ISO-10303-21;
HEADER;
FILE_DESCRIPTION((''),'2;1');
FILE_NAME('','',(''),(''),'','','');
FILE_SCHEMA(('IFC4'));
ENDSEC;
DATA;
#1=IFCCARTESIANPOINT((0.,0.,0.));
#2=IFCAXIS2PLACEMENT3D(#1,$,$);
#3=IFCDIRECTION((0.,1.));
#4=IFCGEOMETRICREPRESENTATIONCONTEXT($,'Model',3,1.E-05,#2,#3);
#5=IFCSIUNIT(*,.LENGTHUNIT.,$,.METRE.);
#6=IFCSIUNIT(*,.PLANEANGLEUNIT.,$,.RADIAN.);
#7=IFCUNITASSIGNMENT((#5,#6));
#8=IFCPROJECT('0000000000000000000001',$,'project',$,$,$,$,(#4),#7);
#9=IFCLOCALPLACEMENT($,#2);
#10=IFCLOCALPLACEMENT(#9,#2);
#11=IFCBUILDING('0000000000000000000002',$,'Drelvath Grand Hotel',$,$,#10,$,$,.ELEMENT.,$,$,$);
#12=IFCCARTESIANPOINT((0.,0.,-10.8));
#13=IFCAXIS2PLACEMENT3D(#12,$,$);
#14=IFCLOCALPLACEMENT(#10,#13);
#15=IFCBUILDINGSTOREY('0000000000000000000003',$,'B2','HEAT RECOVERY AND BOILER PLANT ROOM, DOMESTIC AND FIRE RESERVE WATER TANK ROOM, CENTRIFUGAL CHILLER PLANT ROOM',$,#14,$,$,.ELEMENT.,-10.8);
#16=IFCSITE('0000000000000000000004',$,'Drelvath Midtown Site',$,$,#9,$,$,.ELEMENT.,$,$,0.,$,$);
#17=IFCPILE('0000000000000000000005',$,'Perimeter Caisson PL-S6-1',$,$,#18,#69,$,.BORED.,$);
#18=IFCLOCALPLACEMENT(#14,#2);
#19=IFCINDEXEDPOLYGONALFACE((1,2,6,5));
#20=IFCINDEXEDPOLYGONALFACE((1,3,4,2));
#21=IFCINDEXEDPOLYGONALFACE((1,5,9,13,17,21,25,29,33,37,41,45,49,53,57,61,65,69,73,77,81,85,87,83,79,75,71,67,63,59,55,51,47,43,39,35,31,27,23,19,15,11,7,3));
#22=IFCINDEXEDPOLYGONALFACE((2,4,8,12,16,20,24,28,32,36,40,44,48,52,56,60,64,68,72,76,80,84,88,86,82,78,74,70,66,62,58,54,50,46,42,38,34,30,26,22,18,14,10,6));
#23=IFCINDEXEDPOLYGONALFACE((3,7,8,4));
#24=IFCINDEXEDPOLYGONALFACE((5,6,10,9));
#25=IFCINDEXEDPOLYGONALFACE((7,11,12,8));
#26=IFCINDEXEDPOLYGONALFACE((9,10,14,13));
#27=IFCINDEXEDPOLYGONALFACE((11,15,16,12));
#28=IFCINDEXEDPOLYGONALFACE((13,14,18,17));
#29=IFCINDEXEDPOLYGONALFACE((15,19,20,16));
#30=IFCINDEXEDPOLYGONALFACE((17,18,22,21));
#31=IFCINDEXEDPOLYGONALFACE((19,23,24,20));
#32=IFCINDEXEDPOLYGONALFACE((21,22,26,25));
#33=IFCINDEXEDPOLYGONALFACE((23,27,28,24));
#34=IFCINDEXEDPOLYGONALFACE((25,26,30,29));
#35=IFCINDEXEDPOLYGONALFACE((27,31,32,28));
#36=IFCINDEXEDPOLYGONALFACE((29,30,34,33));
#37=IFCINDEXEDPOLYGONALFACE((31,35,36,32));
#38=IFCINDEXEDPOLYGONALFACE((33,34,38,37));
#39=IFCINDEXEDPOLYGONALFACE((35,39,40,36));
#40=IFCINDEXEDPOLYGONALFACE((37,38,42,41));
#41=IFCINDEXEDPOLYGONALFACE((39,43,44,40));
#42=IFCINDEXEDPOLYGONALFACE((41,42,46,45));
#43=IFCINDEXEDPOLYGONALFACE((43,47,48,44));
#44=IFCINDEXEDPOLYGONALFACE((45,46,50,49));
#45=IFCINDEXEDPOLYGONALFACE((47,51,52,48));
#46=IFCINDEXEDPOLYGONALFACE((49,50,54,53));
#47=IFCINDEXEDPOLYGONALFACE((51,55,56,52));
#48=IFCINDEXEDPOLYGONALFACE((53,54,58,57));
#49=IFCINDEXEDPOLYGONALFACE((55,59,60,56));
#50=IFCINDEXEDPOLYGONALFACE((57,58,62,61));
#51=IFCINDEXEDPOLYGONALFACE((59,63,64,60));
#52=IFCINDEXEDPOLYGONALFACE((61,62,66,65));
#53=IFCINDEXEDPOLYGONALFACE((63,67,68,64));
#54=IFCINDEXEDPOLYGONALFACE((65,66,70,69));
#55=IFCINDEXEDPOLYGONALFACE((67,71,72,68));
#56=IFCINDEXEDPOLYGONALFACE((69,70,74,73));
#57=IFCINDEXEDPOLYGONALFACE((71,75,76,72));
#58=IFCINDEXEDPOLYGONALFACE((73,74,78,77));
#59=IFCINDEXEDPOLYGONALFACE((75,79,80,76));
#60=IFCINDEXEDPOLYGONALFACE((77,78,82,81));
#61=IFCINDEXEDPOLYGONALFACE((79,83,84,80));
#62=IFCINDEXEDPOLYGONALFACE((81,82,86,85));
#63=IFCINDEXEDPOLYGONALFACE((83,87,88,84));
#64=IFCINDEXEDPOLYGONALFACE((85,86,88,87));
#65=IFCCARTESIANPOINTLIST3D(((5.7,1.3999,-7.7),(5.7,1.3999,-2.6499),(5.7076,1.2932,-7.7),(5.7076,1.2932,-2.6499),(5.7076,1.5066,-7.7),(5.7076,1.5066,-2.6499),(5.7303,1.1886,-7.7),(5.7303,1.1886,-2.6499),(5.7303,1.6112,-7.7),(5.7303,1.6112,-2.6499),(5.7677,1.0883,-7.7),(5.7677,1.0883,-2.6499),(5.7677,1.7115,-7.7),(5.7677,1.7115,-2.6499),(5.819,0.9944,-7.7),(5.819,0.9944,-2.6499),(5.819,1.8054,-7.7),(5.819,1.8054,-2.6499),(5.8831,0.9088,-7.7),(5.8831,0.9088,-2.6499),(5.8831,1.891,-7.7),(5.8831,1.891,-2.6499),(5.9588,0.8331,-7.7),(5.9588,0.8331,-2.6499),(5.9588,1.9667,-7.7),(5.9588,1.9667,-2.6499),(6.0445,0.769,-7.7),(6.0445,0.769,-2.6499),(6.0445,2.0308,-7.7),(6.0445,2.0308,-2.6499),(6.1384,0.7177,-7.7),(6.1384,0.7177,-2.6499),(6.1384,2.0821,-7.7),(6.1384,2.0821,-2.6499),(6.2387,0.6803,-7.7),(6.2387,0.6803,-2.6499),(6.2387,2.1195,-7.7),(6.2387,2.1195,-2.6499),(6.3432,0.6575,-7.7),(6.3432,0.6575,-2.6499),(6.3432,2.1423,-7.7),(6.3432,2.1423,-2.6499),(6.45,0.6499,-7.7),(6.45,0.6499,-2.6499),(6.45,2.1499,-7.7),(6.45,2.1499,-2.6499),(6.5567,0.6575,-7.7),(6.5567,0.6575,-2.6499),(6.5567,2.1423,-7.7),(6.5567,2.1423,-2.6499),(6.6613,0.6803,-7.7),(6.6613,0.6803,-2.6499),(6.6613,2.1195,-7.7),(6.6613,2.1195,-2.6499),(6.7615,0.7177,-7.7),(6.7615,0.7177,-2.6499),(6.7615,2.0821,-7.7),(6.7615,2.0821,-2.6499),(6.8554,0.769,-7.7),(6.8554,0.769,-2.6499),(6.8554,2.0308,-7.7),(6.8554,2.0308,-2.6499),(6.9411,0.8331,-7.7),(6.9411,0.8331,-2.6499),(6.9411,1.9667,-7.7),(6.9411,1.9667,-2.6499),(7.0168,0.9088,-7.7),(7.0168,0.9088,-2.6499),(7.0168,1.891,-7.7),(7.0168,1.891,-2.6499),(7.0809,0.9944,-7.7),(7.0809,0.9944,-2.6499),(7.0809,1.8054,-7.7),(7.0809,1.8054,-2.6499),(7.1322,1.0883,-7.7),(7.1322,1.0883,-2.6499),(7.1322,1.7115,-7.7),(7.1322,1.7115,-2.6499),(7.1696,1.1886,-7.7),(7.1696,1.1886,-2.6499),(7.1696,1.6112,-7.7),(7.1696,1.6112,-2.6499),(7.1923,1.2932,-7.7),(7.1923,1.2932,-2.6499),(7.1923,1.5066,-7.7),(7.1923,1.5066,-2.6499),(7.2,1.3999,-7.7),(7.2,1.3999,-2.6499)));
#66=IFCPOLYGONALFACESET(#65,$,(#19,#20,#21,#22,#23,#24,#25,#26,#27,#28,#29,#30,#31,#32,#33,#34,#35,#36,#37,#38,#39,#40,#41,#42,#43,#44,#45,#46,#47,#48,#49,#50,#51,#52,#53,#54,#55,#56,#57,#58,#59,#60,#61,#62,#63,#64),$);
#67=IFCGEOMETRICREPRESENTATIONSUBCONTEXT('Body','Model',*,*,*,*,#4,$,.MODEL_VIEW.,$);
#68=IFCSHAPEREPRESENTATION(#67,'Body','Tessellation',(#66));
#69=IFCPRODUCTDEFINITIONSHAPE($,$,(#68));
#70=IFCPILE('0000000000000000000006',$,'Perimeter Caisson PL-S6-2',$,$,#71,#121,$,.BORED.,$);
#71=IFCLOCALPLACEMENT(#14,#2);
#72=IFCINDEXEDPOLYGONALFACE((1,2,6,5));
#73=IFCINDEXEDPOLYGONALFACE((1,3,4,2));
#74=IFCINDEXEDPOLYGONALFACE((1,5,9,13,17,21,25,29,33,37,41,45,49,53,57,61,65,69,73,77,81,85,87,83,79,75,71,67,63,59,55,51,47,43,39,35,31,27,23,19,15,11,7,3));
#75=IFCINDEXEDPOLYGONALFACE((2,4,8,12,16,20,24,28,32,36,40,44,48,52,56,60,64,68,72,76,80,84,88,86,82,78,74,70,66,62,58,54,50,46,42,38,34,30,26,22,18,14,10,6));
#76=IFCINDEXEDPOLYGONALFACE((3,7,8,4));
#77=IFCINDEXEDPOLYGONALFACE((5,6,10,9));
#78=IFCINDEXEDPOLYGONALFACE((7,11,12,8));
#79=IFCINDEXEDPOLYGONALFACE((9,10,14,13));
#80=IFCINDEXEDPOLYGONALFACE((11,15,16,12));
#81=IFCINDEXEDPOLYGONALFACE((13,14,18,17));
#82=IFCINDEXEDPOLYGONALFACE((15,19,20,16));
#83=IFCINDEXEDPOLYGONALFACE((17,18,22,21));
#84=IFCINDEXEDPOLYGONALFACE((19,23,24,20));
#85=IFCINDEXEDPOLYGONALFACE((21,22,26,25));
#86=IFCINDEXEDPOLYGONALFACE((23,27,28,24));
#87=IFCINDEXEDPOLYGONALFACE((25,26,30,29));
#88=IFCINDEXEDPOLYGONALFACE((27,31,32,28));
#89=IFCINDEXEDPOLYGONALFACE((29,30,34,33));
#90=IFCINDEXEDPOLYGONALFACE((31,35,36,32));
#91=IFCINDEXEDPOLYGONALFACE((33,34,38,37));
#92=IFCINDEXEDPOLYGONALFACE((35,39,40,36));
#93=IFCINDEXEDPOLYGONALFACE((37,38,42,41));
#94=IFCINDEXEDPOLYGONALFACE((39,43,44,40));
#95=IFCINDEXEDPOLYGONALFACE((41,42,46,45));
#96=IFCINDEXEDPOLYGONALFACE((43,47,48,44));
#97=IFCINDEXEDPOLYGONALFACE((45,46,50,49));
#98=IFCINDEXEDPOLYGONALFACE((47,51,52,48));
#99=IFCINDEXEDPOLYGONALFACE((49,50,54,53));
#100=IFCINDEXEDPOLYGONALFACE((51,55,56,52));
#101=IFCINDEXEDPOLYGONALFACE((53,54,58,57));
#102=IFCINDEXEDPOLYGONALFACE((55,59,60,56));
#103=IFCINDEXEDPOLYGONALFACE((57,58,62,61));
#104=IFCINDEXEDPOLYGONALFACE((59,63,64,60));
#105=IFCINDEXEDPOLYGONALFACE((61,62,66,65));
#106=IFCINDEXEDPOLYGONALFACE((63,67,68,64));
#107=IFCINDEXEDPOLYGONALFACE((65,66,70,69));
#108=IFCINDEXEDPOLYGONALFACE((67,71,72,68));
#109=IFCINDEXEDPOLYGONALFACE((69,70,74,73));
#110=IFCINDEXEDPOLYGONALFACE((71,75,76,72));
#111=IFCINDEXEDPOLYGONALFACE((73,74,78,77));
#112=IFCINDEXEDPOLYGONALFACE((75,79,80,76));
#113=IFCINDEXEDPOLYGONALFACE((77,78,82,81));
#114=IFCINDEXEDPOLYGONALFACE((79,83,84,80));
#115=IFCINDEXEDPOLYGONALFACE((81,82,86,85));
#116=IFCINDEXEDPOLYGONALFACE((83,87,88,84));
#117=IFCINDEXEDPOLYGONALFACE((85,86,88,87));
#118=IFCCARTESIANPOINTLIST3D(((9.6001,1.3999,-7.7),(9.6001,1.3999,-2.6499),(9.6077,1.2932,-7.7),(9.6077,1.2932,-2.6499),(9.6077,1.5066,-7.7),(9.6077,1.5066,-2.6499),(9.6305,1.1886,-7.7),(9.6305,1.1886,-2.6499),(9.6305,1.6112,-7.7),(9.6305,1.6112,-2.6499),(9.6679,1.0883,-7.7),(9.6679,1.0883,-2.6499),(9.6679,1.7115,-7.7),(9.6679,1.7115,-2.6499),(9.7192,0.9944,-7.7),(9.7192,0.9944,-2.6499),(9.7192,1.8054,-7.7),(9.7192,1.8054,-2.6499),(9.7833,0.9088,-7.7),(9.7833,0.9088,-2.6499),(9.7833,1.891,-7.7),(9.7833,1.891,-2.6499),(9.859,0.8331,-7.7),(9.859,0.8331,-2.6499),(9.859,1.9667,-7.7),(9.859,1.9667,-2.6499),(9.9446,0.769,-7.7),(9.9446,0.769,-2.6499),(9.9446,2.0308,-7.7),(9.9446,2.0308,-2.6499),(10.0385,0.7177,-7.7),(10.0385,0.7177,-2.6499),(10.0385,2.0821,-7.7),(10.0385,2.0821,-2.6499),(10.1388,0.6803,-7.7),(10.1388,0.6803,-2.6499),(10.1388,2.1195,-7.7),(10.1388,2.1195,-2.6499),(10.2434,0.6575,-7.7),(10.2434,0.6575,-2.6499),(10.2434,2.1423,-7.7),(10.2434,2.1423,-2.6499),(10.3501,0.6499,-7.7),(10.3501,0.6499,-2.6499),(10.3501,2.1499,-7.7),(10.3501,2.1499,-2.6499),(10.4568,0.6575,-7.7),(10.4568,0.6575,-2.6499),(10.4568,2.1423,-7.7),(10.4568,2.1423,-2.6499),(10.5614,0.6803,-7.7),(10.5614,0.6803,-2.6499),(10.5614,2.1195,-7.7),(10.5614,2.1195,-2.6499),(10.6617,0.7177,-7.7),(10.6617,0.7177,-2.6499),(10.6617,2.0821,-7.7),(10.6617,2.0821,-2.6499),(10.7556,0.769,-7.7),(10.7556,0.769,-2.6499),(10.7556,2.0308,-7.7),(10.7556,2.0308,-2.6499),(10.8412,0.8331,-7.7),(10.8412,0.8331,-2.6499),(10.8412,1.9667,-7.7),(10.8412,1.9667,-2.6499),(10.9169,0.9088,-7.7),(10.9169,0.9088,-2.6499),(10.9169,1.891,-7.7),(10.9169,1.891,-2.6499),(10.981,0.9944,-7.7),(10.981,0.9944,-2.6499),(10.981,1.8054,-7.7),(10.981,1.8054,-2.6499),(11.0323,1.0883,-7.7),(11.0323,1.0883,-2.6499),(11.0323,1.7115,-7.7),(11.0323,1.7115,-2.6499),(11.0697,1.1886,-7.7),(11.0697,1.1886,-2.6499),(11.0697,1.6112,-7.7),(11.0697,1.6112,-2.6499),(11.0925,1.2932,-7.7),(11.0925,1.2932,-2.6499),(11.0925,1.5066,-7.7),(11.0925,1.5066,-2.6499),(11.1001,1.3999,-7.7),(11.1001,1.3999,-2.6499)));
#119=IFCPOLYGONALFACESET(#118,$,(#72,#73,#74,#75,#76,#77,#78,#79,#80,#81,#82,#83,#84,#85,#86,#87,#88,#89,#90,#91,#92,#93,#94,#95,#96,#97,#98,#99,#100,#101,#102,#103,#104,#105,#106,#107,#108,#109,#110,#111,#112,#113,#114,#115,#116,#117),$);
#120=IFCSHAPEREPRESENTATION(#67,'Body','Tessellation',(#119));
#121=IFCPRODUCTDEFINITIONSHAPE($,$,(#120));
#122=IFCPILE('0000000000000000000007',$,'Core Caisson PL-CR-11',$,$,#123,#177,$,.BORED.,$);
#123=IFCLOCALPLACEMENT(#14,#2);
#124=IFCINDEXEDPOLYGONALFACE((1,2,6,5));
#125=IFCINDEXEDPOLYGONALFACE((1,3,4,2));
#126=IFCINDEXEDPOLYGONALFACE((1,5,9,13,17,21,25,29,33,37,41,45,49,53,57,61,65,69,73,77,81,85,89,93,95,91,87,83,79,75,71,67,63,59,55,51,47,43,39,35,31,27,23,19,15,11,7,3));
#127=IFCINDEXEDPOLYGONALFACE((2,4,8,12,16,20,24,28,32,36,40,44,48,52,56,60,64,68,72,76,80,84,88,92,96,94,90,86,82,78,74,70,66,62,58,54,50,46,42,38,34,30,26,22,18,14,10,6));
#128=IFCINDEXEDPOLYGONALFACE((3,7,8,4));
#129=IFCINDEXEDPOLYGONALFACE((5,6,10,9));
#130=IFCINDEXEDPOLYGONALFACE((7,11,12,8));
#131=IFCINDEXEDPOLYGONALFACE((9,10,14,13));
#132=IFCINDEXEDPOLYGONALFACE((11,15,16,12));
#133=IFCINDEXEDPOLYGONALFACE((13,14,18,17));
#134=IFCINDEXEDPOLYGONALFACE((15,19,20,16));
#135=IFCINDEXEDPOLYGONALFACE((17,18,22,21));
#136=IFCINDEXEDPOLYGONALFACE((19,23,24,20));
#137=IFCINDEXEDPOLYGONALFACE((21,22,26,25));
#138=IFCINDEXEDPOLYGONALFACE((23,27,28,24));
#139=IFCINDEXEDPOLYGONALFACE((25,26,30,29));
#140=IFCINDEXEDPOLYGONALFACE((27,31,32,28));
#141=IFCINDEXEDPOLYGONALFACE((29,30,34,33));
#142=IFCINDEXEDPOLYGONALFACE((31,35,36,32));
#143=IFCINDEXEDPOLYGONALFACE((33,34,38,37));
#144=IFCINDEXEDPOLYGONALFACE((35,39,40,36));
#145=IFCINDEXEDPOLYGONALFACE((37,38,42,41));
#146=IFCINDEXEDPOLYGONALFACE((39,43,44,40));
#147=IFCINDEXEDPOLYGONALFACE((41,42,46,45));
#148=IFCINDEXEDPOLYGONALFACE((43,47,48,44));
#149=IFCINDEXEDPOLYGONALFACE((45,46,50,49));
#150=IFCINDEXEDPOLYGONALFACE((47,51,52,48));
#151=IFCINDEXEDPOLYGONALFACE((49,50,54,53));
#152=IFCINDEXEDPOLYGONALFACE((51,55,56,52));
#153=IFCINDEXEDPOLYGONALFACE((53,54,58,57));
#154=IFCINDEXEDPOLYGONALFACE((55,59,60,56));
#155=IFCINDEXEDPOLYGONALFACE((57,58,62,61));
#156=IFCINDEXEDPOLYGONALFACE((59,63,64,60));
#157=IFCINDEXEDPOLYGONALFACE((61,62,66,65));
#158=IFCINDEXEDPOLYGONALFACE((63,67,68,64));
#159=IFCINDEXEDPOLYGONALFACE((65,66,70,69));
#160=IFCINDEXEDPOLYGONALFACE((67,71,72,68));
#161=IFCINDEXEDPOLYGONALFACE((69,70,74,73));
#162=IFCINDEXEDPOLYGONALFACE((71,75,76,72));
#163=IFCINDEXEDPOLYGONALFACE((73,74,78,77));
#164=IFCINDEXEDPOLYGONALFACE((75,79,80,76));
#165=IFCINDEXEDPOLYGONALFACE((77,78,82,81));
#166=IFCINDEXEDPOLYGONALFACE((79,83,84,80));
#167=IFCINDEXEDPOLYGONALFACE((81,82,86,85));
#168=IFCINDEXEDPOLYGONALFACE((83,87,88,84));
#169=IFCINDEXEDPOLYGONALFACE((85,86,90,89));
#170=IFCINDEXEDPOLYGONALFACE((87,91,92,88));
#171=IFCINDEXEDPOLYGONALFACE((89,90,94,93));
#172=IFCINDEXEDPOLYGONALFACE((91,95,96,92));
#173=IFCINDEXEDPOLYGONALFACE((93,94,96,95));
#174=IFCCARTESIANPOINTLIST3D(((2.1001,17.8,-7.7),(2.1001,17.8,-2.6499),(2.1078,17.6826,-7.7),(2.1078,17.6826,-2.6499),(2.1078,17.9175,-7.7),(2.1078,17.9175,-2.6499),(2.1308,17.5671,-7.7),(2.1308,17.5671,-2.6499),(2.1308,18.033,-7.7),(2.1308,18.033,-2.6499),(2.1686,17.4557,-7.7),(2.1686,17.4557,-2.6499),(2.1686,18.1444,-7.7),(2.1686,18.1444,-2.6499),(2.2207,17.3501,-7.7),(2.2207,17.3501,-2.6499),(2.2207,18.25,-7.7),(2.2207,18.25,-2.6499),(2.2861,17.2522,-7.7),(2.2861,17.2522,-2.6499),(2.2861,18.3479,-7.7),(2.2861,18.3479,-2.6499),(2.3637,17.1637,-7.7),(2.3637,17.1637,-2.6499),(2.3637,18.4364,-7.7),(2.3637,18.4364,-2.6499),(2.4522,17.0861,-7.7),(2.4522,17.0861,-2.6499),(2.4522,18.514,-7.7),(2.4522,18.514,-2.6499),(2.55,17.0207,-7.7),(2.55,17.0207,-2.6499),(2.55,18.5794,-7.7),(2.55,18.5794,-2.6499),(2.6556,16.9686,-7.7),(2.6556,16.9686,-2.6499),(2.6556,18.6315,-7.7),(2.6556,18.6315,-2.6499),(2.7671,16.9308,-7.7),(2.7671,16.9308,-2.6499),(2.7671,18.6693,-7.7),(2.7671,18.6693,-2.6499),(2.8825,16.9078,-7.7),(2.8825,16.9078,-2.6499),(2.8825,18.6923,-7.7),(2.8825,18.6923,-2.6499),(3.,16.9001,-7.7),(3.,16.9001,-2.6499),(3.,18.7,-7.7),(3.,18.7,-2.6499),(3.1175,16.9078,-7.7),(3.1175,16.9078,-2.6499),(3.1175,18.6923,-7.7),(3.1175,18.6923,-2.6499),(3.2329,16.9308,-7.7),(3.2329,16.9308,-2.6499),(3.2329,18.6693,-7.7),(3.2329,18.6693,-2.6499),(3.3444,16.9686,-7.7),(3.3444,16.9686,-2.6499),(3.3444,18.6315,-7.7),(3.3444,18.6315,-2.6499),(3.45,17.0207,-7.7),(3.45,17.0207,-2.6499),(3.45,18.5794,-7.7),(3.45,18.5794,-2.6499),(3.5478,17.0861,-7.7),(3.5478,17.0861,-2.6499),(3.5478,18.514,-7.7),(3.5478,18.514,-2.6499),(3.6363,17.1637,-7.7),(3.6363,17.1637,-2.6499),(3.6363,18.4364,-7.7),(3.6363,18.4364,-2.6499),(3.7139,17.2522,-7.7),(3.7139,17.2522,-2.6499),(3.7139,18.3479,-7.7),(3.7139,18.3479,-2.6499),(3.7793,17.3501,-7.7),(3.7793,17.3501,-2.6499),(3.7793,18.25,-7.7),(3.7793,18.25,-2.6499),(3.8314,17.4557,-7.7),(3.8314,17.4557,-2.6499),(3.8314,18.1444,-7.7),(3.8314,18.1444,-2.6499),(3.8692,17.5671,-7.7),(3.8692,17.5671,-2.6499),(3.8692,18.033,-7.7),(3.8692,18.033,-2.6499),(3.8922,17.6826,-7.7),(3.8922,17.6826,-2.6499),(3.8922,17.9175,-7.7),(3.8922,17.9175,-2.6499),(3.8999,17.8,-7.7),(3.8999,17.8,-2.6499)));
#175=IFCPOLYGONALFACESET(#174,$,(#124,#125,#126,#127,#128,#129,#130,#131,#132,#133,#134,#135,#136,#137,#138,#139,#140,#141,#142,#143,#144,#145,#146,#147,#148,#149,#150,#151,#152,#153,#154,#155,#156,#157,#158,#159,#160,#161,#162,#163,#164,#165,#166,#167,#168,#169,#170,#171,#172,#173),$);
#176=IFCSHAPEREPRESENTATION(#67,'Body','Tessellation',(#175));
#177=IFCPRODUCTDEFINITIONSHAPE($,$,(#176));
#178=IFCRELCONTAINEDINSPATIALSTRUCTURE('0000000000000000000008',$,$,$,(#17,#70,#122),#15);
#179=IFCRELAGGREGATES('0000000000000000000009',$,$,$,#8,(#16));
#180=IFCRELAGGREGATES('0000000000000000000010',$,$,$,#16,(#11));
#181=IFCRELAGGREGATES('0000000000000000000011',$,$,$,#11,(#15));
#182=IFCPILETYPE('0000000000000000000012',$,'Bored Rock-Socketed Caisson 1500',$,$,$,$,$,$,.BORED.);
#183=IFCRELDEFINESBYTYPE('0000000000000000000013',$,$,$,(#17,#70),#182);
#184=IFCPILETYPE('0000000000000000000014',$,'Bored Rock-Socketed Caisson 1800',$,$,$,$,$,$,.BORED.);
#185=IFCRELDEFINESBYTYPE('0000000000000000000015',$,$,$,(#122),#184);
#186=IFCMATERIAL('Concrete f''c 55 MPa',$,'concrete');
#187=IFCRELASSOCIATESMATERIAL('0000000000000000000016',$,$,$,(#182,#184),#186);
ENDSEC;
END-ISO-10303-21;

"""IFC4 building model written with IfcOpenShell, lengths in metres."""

from ifc_helpers import new_model, si_unit, direction, frame, origin, origin_2d, place, context, subcontext, project, spatial, circle, extrude, material, material_profile, profile_set, type_object, element, save


model = new_model("IFC4")

# Units and contexts
model_context = context("Model", 3, precision=1e-05, world=origin(), true_north=direction((0.0, 1.0)))
body_context = subcontext(model_context, "Body", "Model", "MODEL_VIEW")
ifc_project = project(units=[si_unit("LENGTHUNIT", "METRE"), si_unit("PLANEANGLEUNIT", "RADIAN")], contexts=[model_context])

# Site, building, storey
site_placement = place(None, origin())
site = spatial("IfcSite", under=ifc_project, at=site_placement, Name="Drelvath Midtown Site", CompositionType="ELEMENT", RefElevation=0.0)
building_placement = place(site_placement, origin())
building = spatial("IfcBuilding", under=site, at=building_placement, Name="Drelvath Grand Hotel", CompositionType="ELEMENT")
storey_placement = place(building_placement, frame((0.0, 0.0, -10.8)))
storey = spatial("IfcBuildingStorey", under=building, at=storey_placement, Name="B2", Description="HEAT RECOVERY AND BOILER PLANT ROOM, DOMESTIC AND FIRE RESERVE WATER TANK ROOM, CENTRIFUGAL CHILLER PLANT ROOM", CompositionType="ELEMENT", Elevation=-10.8)

# Piles
ifc_material_1 = material(Name="Concrete f'c 55 MPa", Category="concrete")
ifc_material_profile_1 = material_profile(ifc_material_1, circle(Radius=0.75, at=origin_2d()), Name="CAISSON1500")
ifc_profile_set_1 = profile_set([ifc_material_profile_1], Name="Concrete f'c 55 MPa")
pile_type_1 = type_object("IfcPileType", Name="Bored Rock-Socketed Caisson 1500", PredefinedType="BORED", material=ifc_profile_set_1)
for number, where, z_axis, x_axis, name in (
    (1, (6.45, 1.3999, -2.6499), (0.0, 0.0, -1.0), (1.0, 0.0, 0.0), "Perimeter Caisson PL-S6-1"),
    (2, (10.3501, 1.3999, -2.6499), (0.0, 0.0, -1.0), (1.0, 0.0, 0.0), "Perimeter Caisson PL-S6-2"),
):
    element("IfcPile", number, at=place(storey_placement, frame(where, z_axis=z_axis, x_axis=x_axis)), inside=storey, type_object=pile_type_1, Name=name, PredefinedType="BORED", context=body_context, shape_type="SweptSolid", body=[
        extrude(circle(Radius=0.75, at=origin_2d()), origin(), (0.0, 0.0, 1.0), 5.05),
    ])
ifc_material_profile_2 = material_profile(ifc_material_1, circle(Radius=0.8999, at=origin_2d()), Name="CAISSON1800")
ifc_profile_set_2 = profile_set([ifc_material_profile_2], Name="Concrete f'c 55 MPa")
pile_type_2 = type_object("IfcPileType", Name="Bored Rock-Socketed Caisson 1800", PredefinedType="BORED", material=ifc_profile_set_2)
for number, where, z_axis, x_axis, name in (
    (3, (3.0, 17.8, -2.6499), (0.0, 0.0, -1.0), (1.0, 0.0, 0.0), "Core Caisson PL-CR-11"),
):
    element("IfcPile", number, at=place(storey_placement, frame(where, z_axis=z_axis, x_axis=x_axis)), inside=storey, type_object=pile_type_2, Name=name, PredefinedType="BORED", context=body_context, shape_type="SweptSolid", body=[
        extrude(circle(Radius=0.8999, at=origin_2d()), origin(), (0.0, 0.0, 1.0), 5.05),
    ])

save(model, "model.ifc")
